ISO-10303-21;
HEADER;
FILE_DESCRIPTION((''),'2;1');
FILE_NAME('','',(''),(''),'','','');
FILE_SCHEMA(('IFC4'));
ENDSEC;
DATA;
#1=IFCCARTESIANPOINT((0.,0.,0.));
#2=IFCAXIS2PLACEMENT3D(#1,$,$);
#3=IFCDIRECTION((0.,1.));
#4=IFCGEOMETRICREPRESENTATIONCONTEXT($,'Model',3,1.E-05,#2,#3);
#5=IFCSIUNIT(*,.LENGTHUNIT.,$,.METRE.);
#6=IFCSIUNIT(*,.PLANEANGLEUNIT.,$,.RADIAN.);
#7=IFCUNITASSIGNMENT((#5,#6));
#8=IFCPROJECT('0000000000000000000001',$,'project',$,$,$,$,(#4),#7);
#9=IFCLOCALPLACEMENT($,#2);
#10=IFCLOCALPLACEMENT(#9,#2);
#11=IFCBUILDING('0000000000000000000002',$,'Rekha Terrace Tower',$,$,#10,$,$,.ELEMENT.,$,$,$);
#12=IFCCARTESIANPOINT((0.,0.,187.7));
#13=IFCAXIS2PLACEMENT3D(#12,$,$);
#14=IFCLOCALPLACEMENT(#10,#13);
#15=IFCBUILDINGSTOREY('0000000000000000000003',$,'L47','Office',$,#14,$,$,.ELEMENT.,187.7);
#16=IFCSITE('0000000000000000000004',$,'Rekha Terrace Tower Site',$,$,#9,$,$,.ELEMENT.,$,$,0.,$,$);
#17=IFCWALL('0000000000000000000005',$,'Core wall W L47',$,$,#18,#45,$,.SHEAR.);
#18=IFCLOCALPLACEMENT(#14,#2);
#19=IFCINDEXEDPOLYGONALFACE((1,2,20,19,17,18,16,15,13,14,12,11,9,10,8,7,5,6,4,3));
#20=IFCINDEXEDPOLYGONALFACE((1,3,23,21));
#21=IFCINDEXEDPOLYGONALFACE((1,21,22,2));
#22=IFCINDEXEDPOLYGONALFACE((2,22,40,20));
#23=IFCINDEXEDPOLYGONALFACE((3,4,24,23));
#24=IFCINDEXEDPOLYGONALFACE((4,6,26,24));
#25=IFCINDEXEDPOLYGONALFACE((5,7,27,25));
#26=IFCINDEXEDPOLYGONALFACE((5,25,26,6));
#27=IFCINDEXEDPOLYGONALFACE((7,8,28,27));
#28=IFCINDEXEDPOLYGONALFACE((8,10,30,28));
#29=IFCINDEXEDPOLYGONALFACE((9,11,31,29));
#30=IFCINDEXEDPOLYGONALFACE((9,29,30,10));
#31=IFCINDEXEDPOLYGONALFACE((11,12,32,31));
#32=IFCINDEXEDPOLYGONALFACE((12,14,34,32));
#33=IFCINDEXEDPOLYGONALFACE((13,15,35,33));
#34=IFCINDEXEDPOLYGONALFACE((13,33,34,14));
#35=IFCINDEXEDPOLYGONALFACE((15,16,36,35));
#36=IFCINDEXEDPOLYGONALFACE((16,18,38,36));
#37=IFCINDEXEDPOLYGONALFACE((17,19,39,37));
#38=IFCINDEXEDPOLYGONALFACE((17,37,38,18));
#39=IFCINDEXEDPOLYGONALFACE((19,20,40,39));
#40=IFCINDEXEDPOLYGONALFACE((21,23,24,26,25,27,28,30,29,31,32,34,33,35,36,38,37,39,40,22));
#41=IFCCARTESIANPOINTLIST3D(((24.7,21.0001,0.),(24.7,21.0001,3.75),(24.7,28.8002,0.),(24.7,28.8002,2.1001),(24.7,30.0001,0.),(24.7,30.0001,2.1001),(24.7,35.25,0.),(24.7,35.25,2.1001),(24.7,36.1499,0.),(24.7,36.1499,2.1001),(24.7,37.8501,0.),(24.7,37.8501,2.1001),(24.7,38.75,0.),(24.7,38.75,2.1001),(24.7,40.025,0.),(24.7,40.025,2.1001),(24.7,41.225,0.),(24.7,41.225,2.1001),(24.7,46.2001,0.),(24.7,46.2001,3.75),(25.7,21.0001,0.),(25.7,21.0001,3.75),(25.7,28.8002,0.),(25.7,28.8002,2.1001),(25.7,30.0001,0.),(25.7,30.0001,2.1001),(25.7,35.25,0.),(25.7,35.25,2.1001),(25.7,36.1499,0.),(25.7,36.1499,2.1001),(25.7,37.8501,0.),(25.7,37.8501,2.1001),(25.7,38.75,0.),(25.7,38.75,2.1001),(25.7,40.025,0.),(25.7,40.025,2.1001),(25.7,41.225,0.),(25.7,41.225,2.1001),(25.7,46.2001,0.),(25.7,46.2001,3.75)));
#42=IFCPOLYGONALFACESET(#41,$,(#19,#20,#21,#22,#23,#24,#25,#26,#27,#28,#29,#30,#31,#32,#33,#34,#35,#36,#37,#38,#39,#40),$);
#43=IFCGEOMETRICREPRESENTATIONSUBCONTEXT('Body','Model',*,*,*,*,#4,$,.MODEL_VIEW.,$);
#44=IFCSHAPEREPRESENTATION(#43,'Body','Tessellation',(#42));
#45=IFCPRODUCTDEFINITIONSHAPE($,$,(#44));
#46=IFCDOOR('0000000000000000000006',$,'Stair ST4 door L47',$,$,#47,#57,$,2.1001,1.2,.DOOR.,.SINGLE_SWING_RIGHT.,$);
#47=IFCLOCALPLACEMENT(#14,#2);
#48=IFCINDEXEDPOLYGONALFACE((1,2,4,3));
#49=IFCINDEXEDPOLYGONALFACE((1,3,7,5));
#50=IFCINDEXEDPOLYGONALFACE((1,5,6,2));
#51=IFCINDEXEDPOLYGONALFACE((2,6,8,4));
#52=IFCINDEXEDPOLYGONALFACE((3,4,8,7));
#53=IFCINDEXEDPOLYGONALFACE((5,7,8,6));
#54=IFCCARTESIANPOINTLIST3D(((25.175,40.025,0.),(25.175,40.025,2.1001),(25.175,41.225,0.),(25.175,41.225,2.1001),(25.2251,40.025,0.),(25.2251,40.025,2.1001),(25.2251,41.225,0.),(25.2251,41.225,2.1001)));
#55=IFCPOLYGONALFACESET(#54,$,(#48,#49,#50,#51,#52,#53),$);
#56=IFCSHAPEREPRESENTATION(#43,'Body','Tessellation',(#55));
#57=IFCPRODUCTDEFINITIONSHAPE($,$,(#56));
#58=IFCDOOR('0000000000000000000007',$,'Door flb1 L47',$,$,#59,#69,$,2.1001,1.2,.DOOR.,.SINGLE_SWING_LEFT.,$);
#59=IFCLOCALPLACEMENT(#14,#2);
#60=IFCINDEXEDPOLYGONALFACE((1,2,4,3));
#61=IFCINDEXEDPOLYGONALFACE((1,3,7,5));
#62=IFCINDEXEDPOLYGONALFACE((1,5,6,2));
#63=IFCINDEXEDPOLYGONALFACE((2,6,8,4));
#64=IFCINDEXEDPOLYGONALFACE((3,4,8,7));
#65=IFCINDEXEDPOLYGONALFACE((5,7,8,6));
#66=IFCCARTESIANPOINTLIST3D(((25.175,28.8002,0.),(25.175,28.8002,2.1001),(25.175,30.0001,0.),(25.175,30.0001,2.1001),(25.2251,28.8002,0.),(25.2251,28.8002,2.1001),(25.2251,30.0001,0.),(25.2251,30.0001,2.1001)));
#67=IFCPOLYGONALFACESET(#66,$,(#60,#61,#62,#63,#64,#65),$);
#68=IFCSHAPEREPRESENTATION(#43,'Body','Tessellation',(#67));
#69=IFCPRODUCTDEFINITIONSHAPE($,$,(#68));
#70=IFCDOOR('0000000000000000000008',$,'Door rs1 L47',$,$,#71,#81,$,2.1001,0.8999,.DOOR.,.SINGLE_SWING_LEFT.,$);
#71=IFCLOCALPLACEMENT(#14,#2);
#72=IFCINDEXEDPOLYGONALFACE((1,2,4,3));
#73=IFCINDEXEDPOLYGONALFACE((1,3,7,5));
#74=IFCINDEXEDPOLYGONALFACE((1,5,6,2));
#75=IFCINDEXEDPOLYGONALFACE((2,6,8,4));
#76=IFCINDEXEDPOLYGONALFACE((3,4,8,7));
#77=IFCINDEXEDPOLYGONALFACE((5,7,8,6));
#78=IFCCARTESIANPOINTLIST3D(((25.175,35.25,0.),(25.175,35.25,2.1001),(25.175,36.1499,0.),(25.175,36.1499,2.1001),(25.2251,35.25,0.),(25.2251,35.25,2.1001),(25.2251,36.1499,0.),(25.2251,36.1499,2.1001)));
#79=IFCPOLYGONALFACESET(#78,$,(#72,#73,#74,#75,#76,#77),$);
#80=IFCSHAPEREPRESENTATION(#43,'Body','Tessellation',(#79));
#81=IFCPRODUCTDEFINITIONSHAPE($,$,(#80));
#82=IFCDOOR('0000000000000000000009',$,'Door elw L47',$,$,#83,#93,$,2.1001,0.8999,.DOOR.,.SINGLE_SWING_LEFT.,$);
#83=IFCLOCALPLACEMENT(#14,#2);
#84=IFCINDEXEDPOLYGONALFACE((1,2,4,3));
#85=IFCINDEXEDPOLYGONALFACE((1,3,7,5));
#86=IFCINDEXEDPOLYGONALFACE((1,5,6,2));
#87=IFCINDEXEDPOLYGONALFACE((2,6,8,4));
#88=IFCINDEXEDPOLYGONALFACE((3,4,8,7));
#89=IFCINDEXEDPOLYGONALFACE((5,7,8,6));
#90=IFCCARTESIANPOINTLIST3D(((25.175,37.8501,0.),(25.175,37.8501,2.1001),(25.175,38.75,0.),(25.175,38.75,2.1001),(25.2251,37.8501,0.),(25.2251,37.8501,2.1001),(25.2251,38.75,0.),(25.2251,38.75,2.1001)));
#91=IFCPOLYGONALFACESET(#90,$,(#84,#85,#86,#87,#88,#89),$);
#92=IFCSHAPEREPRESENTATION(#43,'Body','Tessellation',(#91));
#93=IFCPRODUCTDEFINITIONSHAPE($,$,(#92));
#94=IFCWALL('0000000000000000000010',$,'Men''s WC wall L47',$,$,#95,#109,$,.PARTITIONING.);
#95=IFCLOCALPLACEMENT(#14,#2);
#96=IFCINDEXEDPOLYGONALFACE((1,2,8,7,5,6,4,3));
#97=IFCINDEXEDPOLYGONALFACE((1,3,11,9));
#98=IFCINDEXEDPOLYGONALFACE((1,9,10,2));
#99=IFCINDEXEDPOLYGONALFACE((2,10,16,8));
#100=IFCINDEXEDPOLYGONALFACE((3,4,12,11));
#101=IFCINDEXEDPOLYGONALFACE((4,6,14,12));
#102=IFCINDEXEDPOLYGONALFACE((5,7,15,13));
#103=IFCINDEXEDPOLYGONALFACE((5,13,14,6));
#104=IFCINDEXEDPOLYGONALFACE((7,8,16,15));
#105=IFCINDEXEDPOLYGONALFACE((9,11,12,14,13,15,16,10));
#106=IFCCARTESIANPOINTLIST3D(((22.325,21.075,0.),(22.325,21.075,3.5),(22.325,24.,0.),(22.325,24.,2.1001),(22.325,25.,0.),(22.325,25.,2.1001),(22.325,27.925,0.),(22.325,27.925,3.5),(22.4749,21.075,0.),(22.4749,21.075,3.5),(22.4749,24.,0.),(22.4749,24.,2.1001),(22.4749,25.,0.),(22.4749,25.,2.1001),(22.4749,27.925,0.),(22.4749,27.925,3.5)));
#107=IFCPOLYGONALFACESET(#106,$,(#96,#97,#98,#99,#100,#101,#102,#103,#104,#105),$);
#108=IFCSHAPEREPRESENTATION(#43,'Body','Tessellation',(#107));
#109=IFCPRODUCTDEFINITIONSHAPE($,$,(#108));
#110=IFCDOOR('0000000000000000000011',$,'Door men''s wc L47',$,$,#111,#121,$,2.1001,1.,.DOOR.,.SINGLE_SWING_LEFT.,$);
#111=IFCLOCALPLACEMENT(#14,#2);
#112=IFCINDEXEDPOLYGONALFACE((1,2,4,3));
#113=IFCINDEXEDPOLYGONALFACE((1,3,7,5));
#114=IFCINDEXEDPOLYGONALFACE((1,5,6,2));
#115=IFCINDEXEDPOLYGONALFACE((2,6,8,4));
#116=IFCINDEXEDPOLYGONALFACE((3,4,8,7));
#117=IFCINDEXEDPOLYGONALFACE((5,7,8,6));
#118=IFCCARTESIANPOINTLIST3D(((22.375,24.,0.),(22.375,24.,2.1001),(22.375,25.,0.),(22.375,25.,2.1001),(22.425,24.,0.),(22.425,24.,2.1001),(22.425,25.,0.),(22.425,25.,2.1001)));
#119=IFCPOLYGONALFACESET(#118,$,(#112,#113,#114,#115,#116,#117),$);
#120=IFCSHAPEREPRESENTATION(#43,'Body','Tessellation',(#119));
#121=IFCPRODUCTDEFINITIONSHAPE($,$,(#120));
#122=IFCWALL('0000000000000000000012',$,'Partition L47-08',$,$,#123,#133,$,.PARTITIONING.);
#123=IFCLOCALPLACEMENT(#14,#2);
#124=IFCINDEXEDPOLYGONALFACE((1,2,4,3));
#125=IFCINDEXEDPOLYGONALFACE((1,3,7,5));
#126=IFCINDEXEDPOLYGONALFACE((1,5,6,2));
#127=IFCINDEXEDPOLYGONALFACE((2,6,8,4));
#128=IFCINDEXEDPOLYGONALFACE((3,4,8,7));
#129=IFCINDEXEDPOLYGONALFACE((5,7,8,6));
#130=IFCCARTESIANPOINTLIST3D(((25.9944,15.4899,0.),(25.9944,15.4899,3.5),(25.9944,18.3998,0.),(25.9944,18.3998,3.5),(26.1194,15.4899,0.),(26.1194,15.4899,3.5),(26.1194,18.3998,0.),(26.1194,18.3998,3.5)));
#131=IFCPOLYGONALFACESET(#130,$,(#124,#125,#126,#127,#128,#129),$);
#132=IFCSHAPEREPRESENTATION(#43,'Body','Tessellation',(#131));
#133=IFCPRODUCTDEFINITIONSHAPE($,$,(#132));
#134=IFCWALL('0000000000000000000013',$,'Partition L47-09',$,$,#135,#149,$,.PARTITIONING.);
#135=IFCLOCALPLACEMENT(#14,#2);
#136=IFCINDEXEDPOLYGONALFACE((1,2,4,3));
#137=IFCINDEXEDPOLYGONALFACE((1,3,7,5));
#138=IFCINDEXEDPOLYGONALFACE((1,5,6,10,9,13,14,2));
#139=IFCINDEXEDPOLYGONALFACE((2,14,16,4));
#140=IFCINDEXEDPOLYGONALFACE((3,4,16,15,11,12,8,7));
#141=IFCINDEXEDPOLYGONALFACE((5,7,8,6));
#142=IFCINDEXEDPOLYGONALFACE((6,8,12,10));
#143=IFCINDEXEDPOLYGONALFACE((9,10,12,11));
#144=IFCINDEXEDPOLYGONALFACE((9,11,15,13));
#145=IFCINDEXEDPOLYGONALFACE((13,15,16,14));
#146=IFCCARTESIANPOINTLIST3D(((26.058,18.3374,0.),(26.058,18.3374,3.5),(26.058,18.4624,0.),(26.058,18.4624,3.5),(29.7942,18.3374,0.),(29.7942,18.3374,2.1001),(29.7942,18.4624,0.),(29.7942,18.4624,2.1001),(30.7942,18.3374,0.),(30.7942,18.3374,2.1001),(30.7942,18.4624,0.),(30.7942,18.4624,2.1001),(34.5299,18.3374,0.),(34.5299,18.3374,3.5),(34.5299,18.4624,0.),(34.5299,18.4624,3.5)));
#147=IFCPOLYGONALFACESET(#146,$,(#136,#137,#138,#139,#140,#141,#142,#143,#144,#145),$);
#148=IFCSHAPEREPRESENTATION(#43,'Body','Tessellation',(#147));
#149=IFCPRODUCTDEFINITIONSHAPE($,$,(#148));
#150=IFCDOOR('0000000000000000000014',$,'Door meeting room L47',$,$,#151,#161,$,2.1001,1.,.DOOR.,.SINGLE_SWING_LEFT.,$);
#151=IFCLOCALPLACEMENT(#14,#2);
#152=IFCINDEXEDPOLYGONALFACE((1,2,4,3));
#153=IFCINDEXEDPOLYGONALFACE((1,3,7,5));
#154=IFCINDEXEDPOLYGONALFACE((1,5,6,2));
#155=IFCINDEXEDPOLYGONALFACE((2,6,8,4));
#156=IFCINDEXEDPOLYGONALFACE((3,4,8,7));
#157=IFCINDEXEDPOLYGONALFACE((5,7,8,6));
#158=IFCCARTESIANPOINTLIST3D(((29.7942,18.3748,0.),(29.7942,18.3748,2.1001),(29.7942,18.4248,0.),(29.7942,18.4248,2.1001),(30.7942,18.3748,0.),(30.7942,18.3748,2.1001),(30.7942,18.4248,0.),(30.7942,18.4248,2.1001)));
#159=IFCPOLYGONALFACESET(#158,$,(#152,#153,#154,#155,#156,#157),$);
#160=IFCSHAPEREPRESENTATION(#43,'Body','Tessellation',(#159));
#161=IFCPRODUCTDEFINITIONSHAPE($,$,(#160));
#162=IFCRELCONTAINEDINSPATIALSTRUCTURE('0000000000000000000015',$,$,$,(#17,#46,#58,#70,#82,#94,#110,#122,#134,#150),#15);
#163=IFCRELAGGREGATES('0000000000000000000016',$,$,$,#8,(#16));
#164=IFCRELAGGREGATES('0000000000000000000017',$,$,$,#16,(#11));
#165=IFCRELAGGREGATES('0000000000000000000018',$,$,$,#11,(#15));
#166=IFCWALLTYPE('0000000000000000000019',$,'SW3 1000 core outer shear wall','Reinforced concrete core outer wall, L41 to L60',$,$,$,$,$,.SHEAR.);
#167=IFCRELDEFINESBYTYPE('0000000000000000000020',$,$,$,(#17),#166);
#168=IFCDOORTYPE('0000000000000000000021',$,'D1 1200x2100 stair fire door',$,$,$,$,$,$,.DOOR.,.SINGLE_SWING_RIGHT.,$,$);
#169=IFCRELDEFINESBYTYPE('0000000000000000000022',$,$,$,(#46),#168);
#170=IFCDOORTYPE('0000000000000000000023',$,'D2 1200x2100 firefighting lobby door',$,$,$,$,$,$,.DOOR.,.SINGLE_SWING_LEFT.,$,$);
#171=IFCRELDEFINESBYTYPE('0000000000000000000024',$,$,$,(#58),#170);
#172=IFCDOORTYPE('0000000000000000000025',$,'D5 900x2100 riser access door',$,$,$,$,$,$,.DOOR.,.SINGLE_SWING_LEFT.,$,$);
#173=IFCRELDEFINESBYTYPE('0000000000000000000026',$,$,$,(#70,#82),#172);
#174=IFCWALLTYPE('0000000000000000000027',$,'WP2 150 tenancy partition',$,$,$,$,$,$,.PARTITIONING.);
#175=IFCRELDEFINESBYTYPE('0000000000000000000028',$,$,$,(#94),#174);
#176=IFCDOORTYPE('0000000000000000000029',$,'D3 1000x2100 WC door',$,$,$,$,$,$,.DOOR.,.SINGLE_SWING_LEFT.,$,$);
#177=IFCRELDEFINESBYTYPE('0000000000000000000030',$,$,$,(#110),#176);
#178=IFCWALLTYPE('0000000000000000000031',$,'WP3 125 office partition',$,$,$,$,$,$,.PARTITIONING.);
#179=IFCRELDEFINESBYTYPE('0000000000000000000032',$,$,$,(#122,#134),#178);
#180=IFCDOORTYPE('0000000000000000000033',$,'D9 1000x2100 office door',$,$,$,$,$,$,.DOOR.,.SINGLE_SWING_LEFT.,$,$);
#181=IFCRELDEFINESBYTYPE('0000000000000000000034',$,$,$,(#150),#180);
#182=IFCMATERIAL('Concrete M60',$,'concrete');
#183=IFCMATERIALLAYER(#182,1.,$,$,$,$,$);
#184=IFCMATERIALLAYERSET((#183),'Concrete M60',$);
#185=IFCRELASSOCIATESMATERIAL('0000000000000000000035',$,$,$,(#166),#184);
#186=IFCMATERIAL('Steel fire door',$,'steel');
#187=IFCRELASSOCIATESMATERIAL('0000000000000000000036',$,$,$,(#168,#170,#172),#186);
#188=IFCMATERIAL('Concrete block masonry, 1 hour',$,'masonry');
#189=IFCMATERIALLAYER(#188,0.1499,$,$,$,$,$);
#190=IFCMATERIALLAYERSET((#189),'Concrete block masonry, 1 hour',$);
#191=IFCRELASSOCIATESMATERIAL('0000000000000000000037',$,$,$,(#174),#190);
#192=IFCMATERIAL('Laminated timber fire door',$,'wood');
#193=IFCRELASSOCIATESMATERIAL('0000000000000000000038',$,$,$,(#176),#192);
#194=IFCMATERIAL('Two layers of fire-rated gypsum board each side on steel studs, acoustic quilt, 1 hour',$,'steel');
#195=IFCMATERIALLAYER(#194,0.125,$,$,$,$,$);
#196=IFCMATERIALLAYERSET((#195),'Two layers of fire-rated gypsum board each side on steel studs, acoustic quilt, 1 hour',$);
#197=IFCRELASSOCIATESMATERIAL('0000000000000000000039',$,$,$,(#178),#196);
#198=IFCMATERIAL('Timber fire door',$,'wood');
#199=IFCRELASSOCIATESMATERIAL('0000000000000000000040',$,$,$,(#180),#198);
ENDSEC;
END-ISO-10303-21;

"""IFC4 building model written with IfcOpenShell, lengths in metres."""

from ifc_helpers import new_model, si_unit, direction, frame, frame_2d, origin, place, context, subcontext, project, spatial, rectangle, extrude, material, layer, layer_set, type_object, element, fill, save


model = new_model("IFC4")

# Units and contexts
model_context = context("Model", 3, precision=1e-05, world=origin(), true_north=direction((0.0, 1.0)))
body_context = subcontext(model_context, "Body", "Model", "MODEL_VIEW")
ifc_project = project(units=[si_unit("LENGTHUNIT", "METRE"), si_unit("PLANEANGLEUNIT", "RADIAN")], contexts=[model_context])

# Site, building, storey
site_placement = place(None, origin())
site = spatial("IfcSite", under=ifc_project, at=site_placement, Name="Rekha Terrace Tower Site", CompositionType="ELEMENT", RefElevation=0.0)
building_placement = place(site_placement, origin())
building = spatial("IfcBuilding", under=site, at=building_placement, Name="Rekha Terrace Tower", CompositionType="ELEMENT")
storey_placement = place(building_placement, frame((0.0, 0.0, 187.7)))
storey = spatial("IfcBuildingStorey", under=building, at=storey_placement, Name="L47", Description="Office", CompositionType="ELEMENT", Elevation=187.7)

# Shared definitions
ifc_material_1 = material(Name="Concrete M60", Category="concrete")

# Shared definitions
ifc_layer_1 = layer(ifc_material_1, 1.0)
ifc_layer_set_1 = layer_set([ifc_layer_1], Name="Concrete M60")
wall_type_1 = type_object("IfcWallType", Name="SW3 1000 core outer shear wall", Description="Reinforced concrete core outer wall, L41 to L60", PredefinedType="SHEAR", material=ifc_layer_set_1)

# Wall, openings, doors
wall_1_placement = place(storey_placement, frame((25.2, 21.0, 0.0), z_axis=(0.0, 0.0, 1.0), x_axis=(0.0, 1.0, 0.0)))
wall_1 = element("IfcWall", 1, at=wall_1_placement, inside=storey, type_object=wall_type_1, Name="Core wall W L47", PredefinedType="SHEAR", context=body_context, shape_type="SweptSolid", body=[
    extrude(rectangle(XDim=25.2, YDim=1.0, at=frame_2d((12.6001, 0.0))), origin(), (0.0, 0.0, 1.0), 3.75),
])
opening_1_placement = place(wall_1_placement, frame((7.8, 0.0, 0.0)))
opening_1 = element("IfcOpeningElement", 2, at=opening_1_placement, cuts=wall_1, PredefinedType="OPENING", context=body_context, shape_type="SweptSolid", body=[
    extrude(rectangle(XDim=1.2, YDim=2.1001, at=frame_2d((0.6001, 1.05))), frame((0.0, 0.51, 0.0), z_axis=(0.0, -1.0, 0.0), x_axis=(1.0, 0.0, 0.0)), (0.0, 0.0, 1.0), 1.02),
])
opening_2_placement = place(wall_1_placement, frame((14.25, 0.0, 0.0)))
opening_2 = element("IfcOpeningElement", 3, at=opening_2_placement, cuts=wall_1, PredefinedType="OPENING", context=body_context, shape_type="SweptSolid", body=[
    extrude(rectangle(XDim=0.8999, YDim=2.1001, at=frame_2d((0.45, 1.05))), frame((0.0, 0.51, 0.0), z_axis=(0.0, -1.0, 0.0), x_axis=(1.0, 0.0, 0.0)), (0.0, 0.0, 1.0), 1.02),
])
opening_3_placement = place(wall_1_placement, frame((16.8501, 0.0, 0.0)))
opening_3 = element("IfcOpeningElement", 4, at=opening_3_placement, cuts=wall_1, PredefinedType="OPENING", context=body_context, shape_type="SweptSolid", body=[
    extrude(rectangle(XDim=0.8999, YDim=2.1001, at=frame_2d((0.45, 1.05))), frame((0.0, 0.51, 0.0), z_axis=(0.0, -1.0, 0.0), x_axis=(1.0, 0.0, 0.0)), (0.0, 0.0, 1.0), 1.02),
])
opening_4_placement = place(wall_1_placement, frame((19.0249, 0.0, 0.0)))
opening_4 = element("IfcOpeningElement", 5, at=opening_4_placement, cuts=wall_1, PredefinedType="OPENING", context=body_context, shape_type="SweptSolid", body=[
    extrude(rectangle(XDim=1.2, YDim=2.1001, at=frame_2d((0.6001, 1.05))), frame((0.0, 0.51, 0.0), z_axis=(0.0, -1.0, 0.0), x_axis=(1.0, 0.0, 0.0)), (0.0, 0.0, 1.0), 1.02),
])
ifc_material_2 = material(Name="Steel fire door", Category="steel")
door_type_1 = type_object("IfcDoorType", Name="D1 1200x2100 stair fire door", OperationType="SINGLE_SWING_RIGHT", PredefinedType="DOOR", material=ifc_material_2)
door_1_placement = place(opening_4_placement, origin())
door_1 = element("IfcDoor", 6, at=door_1_placement, inside=storey, type_object=door_type_1, Name="Stair ST4 door L47", OperationType="SINGLE_SWING_RIGHT", OverallHeight=2.1001, OverallWidth=1.2, PredefinedType="DOOR", context=body_context, shape_type="SweptSolid", body=[
    extrude(rectangle(XDim=1.2, YDim=2.1001, at=frame_2d((0.6001, 1.05))), frame((0.0, 0.0249, 0.0), z_axis=(0.0, -1.0, 0.0), x_axis=(1.0, 0.0, 0.0)), (0.0, 0.0, 1.0), 0.05),
])
fill(opening_4, door_1)
door_type_2 = type_object("IfcDoorType", Name="D2 1200x2100 firefighting lobby door", OperationType="SINGLE_SWING_LEFT", PredefinedType="DOOR", material=ifc_material_2)
door_2_placement = place(opening_1_placement, origin())
door_2 = element("IfcDoor", 7, at=door_2_placement, inside=storey, type_object=door_type_2, Name="Door flb1 L47", OperationType="SINGLE_SWING_LEFT", OverallHeight=2.1001, OverallWidth=1.2, PredefinedType="DOOR", context=body_context, shape_type="SweptSolid", body=[
    extrude(rectangle(XDim=1.2, YDim=2.1001, at=frame_2d((0.6001, 1.05))), frame((0.0, 0.0249, 0.0), z_axis=(0.0, -1.0, 0.0), x_axis=(1.0, 0.0, 0.0)), (0.0, 0.0, 1.0), 0.05),
])
fill(opening_1, door_2)
door_type_3 = type_object("IfcDoorType", Name="D5 900x2100 riser access door", OperationType="SINGLE_SWING_LEFT", PredefinedType="DOOR", material=ifc_material_2)
door_3_placement = place(opening_2_placement, origin())
door_3 = element("IfcDoor", 8, at=door_3_placement, inside=storey, type_object=door_type_3, Name="Door rs1 L47", OperationType="SINGLE_SWING_LEFT", OverallHeight=2.1001, OverallWidth=0.8999, PredefinedType="DOOR", context=body_context, shape_type="SweptSolid", body=[
    extrude(rectangle(XDim=0.8999, YDim=2.1001, at=frame_2d((0.45, 1.05))), frame((0.0, 0.0249, 0.0), z_axis=(0.0, -1.0, 0.0), x_axis=(1.0, 0.0, 0.0)), (0.0, 0.0, 1.0), 0.05),
])
fill(opening_2, door_3)
door_4_placement = place(opening_3_placement, origin())
door_4 = element("IfcDoor", 9, at=door_4_placement, inside=storey, type_object=door_type_3, Name="Door elw L47", OperationType="SINGLE_SWING_LEFT", OverallHeight=2.1001, OverallWidth=0.8999, PredefinedType="DOOR", context=body_context, shape_type="SweptSolid", body=[
    extrude(rectangle(XDim=0.8999, YDim=2.1001, at=frame_2d((0.45, 1.05))), frame((0.0, 0.0249, 0.0), z_axis=(0.0, -1.0, 0.0), x_axis=(1.0, 0.0, 0.0)), (0.0, 0.0, 1.0), 0.05),
])
fill(opening_3, door_4)

# Wall, opening, door
ifc_material_3 = material(Name="Concrete block masonry, 1 hour", Category="masonry")
ifc_layer_2 = layer(ifc_material_3, 0.1499)
ifc_layer_set_2 = layer_set([ifc_layer_2], Name="Concrete block masonry, 1 hour")
wall_type_2 = type_object("IfcWallType", Name="WP2 150 tenancy partition", PredefinedType="PARTITIONING", material=ifc_layer_set_2)
wall_2_placement = place(storey_placement, frame((22.3999, 21.075, 0.0), z_axis=(0.0, 0.0, 1.0), x_axis=(0.0, 1.0, 0.0)))
wall_2 = element("IfcWall", 10, at=wall_2_placement, inside=storey, type_object=wall_type_2, Name="Men's WC wall L47", PredefinedType="PARTITIONING", context=body_context, shape_type="SweptSolid", body=[
    extrude(rectangle(XDim=6.8501, YDim=0.1499, at=frame_2d((3.425, 0.0))), origin(), (0.0, 0.0, 1.0), 3.5),
])
opening_5_placement = place(wall_2_placement, frame((2.925, 0.0, 0.0)))
opening_5 = element("IfcOpeningElement", 11, at=opening_5_placement, cuts=wall_2, PredefinedType="OPENING", context=body_context, shape_type="SweptSolid", body=[
    extrude(rectangle(XDim=1.0, YDim=2.1001, at=frame_2d((0.5, 1.05))), frame((0.0, 0.085, 0.0), z_axis=(0.0, -1.0, 0.0), x_axis=(1.0, 0.0, 0.0)), (0.0, 0.0, 1.0), 0.1699),
])
ifc_material_4 = material(Name="Laminated timber fire door", Category="wood")
door_type_4 = type_object("IfcDoorType", Name="D3 1000x2100 WC door", OperationType="SINGLE_SWING_LEFT", PredefinedType="DOOR", material=ifc_material_4)
door_5_placement = place(opening_5_placement, origin())
door_5 = element("IfcDoor", 12, at=door_5_placement, inside=storey, type_object=door_type_4, Name="Door men's wc L47", OperationType="SINGLE_SWING_LEFT", OverallHeight=2.1001, OverallWidth=1.0, PredefinedType="DOOR", context=body_context, shape_type="SweptSolid", body=[
    extrude(rectangle(XDim=1.0, YDim=2.1001, at=frame_2d((0.5, 1.05))), frame((0.0, 0.0249, 0.0), z_axis=(0.0, -1.0, 0.0), x_axis=(1.0, 0.0, 0.0)), (0.0, 0.0, 1.0), 0.05),
])
fill(opening_5, door_5)

# Wall
ifc_material_5 = material(Name="Two layers of fire-rated gypsum board each side on steel studs, acoustic quilt, 1 hour", Category="steel")
ifc_layer_3 = layer(ifc_material_5, 0.125)
ifc_layer_set_3 = layer_set([ifc_layer_3], Name="Two layers of fire-rated gypsum board each side on steel studs, acoustic quilt, 1 hour")
wall_type_3 = type_object("IfcWallType", Name="WP3 125 office partition", PredefinedType="PARTITIONING", material=ifc_layer_set_3)
wall_3_placement = place(storey_placement, frame((26.0569, 18.3999, 0.0), z_axis=(0.0, 0.0, 1.0), x_axis=(0.0, -1.0, 0.0)))
element("IfcWall", 13, at=wall_3_placement, inside=storey, type_object=wall_type_3, Name="Partition L47-08", PredefinedType="PARTITIONING", context=body_context, shape_type="SweptSolid", body=[
    extrude(rectangle(XDim=2.9099, YDim=0.125, at=frame_2d((1.4551, 0.0))), origin(), (0.0, 0.0, 1.0), 3.5),
])

# Wall, opening, door
wall_4_placement = place(storey_placement, frame((26.0581, 18.3999, 0.0), z_axis=(0.0, 0.0, 1.0), x_axis=(1.0, 0.0, 0.0)))
wall_4 = element("IfcWall", 14, at=wall_4_placement, inside=storey, type_object=wall_type_3, Name="Partition L47-09", PredefinedType="PARTITIONING", context=body_context, shape_type="SweptSolid", body=[
    extrude(rectangle(XDim=8.4719, YDim=0.125, at=frame_2d((4.2358, 0.0))), origin(), (0.0, 0.0, 1.0), 3.5),
])
opening_6_placement = place(wall_4_placement, frame((3.7361, 0.0, 0.0)))
opening_6 = element("IfcOpeningElement", 15, at=opening_6_placement, cuts=wall_4, PredefinedType="OPENING", context=body_context, shape_type="SweptSolid", body=[
    extrude(rectangle(XDim=1.0, YDim=2.1001, at=frame_2d((0.5, 1.05))), frame((0.0, 0.0725, 0.0), z_axis=(0.0, -1.0, 0.0), x_axis=(1.0, 0.0, 0.0)), (0.0, 0.0, 1.0), 0.145),
])
ifc_material_6 = material(Name="Timber fire door", Category="wood")
door_type_5 = type_object("IfcDoorType", Name="D9 1000x2100 office door", OperationType="SINGLE_SWING_LEFT", PredefinedType="DOOR", material=ifc_material_6)
door_6_placement = place(opening_6_placement, origin())
door_6 = element("IfcDoor", 16, at=door_6_placement, inside=storey, type_object=door_type_5, Name="Door meeting room L47", OperationType="SINGLE_SWING_LEFT", OverallHeight=2.1001, OverallWidth=1.0, PredefinedType="DOOR", context=body_context, shape_type="SweptSolid", body=[
    extrude(rectangle(XDim=1.0, YDim=2.1001, at=frame_2d((0.5, 1.05))), frame((0.0, 0.0249, 0.0), z_axis=(0.0, -1.0, 0.0), x_axis=(1.0, 0.0, 0.0)), (0.0, 0.0, 1.0), 0.05),
])
fill(opening_6, door_6)

save(model, "model.ifc")
